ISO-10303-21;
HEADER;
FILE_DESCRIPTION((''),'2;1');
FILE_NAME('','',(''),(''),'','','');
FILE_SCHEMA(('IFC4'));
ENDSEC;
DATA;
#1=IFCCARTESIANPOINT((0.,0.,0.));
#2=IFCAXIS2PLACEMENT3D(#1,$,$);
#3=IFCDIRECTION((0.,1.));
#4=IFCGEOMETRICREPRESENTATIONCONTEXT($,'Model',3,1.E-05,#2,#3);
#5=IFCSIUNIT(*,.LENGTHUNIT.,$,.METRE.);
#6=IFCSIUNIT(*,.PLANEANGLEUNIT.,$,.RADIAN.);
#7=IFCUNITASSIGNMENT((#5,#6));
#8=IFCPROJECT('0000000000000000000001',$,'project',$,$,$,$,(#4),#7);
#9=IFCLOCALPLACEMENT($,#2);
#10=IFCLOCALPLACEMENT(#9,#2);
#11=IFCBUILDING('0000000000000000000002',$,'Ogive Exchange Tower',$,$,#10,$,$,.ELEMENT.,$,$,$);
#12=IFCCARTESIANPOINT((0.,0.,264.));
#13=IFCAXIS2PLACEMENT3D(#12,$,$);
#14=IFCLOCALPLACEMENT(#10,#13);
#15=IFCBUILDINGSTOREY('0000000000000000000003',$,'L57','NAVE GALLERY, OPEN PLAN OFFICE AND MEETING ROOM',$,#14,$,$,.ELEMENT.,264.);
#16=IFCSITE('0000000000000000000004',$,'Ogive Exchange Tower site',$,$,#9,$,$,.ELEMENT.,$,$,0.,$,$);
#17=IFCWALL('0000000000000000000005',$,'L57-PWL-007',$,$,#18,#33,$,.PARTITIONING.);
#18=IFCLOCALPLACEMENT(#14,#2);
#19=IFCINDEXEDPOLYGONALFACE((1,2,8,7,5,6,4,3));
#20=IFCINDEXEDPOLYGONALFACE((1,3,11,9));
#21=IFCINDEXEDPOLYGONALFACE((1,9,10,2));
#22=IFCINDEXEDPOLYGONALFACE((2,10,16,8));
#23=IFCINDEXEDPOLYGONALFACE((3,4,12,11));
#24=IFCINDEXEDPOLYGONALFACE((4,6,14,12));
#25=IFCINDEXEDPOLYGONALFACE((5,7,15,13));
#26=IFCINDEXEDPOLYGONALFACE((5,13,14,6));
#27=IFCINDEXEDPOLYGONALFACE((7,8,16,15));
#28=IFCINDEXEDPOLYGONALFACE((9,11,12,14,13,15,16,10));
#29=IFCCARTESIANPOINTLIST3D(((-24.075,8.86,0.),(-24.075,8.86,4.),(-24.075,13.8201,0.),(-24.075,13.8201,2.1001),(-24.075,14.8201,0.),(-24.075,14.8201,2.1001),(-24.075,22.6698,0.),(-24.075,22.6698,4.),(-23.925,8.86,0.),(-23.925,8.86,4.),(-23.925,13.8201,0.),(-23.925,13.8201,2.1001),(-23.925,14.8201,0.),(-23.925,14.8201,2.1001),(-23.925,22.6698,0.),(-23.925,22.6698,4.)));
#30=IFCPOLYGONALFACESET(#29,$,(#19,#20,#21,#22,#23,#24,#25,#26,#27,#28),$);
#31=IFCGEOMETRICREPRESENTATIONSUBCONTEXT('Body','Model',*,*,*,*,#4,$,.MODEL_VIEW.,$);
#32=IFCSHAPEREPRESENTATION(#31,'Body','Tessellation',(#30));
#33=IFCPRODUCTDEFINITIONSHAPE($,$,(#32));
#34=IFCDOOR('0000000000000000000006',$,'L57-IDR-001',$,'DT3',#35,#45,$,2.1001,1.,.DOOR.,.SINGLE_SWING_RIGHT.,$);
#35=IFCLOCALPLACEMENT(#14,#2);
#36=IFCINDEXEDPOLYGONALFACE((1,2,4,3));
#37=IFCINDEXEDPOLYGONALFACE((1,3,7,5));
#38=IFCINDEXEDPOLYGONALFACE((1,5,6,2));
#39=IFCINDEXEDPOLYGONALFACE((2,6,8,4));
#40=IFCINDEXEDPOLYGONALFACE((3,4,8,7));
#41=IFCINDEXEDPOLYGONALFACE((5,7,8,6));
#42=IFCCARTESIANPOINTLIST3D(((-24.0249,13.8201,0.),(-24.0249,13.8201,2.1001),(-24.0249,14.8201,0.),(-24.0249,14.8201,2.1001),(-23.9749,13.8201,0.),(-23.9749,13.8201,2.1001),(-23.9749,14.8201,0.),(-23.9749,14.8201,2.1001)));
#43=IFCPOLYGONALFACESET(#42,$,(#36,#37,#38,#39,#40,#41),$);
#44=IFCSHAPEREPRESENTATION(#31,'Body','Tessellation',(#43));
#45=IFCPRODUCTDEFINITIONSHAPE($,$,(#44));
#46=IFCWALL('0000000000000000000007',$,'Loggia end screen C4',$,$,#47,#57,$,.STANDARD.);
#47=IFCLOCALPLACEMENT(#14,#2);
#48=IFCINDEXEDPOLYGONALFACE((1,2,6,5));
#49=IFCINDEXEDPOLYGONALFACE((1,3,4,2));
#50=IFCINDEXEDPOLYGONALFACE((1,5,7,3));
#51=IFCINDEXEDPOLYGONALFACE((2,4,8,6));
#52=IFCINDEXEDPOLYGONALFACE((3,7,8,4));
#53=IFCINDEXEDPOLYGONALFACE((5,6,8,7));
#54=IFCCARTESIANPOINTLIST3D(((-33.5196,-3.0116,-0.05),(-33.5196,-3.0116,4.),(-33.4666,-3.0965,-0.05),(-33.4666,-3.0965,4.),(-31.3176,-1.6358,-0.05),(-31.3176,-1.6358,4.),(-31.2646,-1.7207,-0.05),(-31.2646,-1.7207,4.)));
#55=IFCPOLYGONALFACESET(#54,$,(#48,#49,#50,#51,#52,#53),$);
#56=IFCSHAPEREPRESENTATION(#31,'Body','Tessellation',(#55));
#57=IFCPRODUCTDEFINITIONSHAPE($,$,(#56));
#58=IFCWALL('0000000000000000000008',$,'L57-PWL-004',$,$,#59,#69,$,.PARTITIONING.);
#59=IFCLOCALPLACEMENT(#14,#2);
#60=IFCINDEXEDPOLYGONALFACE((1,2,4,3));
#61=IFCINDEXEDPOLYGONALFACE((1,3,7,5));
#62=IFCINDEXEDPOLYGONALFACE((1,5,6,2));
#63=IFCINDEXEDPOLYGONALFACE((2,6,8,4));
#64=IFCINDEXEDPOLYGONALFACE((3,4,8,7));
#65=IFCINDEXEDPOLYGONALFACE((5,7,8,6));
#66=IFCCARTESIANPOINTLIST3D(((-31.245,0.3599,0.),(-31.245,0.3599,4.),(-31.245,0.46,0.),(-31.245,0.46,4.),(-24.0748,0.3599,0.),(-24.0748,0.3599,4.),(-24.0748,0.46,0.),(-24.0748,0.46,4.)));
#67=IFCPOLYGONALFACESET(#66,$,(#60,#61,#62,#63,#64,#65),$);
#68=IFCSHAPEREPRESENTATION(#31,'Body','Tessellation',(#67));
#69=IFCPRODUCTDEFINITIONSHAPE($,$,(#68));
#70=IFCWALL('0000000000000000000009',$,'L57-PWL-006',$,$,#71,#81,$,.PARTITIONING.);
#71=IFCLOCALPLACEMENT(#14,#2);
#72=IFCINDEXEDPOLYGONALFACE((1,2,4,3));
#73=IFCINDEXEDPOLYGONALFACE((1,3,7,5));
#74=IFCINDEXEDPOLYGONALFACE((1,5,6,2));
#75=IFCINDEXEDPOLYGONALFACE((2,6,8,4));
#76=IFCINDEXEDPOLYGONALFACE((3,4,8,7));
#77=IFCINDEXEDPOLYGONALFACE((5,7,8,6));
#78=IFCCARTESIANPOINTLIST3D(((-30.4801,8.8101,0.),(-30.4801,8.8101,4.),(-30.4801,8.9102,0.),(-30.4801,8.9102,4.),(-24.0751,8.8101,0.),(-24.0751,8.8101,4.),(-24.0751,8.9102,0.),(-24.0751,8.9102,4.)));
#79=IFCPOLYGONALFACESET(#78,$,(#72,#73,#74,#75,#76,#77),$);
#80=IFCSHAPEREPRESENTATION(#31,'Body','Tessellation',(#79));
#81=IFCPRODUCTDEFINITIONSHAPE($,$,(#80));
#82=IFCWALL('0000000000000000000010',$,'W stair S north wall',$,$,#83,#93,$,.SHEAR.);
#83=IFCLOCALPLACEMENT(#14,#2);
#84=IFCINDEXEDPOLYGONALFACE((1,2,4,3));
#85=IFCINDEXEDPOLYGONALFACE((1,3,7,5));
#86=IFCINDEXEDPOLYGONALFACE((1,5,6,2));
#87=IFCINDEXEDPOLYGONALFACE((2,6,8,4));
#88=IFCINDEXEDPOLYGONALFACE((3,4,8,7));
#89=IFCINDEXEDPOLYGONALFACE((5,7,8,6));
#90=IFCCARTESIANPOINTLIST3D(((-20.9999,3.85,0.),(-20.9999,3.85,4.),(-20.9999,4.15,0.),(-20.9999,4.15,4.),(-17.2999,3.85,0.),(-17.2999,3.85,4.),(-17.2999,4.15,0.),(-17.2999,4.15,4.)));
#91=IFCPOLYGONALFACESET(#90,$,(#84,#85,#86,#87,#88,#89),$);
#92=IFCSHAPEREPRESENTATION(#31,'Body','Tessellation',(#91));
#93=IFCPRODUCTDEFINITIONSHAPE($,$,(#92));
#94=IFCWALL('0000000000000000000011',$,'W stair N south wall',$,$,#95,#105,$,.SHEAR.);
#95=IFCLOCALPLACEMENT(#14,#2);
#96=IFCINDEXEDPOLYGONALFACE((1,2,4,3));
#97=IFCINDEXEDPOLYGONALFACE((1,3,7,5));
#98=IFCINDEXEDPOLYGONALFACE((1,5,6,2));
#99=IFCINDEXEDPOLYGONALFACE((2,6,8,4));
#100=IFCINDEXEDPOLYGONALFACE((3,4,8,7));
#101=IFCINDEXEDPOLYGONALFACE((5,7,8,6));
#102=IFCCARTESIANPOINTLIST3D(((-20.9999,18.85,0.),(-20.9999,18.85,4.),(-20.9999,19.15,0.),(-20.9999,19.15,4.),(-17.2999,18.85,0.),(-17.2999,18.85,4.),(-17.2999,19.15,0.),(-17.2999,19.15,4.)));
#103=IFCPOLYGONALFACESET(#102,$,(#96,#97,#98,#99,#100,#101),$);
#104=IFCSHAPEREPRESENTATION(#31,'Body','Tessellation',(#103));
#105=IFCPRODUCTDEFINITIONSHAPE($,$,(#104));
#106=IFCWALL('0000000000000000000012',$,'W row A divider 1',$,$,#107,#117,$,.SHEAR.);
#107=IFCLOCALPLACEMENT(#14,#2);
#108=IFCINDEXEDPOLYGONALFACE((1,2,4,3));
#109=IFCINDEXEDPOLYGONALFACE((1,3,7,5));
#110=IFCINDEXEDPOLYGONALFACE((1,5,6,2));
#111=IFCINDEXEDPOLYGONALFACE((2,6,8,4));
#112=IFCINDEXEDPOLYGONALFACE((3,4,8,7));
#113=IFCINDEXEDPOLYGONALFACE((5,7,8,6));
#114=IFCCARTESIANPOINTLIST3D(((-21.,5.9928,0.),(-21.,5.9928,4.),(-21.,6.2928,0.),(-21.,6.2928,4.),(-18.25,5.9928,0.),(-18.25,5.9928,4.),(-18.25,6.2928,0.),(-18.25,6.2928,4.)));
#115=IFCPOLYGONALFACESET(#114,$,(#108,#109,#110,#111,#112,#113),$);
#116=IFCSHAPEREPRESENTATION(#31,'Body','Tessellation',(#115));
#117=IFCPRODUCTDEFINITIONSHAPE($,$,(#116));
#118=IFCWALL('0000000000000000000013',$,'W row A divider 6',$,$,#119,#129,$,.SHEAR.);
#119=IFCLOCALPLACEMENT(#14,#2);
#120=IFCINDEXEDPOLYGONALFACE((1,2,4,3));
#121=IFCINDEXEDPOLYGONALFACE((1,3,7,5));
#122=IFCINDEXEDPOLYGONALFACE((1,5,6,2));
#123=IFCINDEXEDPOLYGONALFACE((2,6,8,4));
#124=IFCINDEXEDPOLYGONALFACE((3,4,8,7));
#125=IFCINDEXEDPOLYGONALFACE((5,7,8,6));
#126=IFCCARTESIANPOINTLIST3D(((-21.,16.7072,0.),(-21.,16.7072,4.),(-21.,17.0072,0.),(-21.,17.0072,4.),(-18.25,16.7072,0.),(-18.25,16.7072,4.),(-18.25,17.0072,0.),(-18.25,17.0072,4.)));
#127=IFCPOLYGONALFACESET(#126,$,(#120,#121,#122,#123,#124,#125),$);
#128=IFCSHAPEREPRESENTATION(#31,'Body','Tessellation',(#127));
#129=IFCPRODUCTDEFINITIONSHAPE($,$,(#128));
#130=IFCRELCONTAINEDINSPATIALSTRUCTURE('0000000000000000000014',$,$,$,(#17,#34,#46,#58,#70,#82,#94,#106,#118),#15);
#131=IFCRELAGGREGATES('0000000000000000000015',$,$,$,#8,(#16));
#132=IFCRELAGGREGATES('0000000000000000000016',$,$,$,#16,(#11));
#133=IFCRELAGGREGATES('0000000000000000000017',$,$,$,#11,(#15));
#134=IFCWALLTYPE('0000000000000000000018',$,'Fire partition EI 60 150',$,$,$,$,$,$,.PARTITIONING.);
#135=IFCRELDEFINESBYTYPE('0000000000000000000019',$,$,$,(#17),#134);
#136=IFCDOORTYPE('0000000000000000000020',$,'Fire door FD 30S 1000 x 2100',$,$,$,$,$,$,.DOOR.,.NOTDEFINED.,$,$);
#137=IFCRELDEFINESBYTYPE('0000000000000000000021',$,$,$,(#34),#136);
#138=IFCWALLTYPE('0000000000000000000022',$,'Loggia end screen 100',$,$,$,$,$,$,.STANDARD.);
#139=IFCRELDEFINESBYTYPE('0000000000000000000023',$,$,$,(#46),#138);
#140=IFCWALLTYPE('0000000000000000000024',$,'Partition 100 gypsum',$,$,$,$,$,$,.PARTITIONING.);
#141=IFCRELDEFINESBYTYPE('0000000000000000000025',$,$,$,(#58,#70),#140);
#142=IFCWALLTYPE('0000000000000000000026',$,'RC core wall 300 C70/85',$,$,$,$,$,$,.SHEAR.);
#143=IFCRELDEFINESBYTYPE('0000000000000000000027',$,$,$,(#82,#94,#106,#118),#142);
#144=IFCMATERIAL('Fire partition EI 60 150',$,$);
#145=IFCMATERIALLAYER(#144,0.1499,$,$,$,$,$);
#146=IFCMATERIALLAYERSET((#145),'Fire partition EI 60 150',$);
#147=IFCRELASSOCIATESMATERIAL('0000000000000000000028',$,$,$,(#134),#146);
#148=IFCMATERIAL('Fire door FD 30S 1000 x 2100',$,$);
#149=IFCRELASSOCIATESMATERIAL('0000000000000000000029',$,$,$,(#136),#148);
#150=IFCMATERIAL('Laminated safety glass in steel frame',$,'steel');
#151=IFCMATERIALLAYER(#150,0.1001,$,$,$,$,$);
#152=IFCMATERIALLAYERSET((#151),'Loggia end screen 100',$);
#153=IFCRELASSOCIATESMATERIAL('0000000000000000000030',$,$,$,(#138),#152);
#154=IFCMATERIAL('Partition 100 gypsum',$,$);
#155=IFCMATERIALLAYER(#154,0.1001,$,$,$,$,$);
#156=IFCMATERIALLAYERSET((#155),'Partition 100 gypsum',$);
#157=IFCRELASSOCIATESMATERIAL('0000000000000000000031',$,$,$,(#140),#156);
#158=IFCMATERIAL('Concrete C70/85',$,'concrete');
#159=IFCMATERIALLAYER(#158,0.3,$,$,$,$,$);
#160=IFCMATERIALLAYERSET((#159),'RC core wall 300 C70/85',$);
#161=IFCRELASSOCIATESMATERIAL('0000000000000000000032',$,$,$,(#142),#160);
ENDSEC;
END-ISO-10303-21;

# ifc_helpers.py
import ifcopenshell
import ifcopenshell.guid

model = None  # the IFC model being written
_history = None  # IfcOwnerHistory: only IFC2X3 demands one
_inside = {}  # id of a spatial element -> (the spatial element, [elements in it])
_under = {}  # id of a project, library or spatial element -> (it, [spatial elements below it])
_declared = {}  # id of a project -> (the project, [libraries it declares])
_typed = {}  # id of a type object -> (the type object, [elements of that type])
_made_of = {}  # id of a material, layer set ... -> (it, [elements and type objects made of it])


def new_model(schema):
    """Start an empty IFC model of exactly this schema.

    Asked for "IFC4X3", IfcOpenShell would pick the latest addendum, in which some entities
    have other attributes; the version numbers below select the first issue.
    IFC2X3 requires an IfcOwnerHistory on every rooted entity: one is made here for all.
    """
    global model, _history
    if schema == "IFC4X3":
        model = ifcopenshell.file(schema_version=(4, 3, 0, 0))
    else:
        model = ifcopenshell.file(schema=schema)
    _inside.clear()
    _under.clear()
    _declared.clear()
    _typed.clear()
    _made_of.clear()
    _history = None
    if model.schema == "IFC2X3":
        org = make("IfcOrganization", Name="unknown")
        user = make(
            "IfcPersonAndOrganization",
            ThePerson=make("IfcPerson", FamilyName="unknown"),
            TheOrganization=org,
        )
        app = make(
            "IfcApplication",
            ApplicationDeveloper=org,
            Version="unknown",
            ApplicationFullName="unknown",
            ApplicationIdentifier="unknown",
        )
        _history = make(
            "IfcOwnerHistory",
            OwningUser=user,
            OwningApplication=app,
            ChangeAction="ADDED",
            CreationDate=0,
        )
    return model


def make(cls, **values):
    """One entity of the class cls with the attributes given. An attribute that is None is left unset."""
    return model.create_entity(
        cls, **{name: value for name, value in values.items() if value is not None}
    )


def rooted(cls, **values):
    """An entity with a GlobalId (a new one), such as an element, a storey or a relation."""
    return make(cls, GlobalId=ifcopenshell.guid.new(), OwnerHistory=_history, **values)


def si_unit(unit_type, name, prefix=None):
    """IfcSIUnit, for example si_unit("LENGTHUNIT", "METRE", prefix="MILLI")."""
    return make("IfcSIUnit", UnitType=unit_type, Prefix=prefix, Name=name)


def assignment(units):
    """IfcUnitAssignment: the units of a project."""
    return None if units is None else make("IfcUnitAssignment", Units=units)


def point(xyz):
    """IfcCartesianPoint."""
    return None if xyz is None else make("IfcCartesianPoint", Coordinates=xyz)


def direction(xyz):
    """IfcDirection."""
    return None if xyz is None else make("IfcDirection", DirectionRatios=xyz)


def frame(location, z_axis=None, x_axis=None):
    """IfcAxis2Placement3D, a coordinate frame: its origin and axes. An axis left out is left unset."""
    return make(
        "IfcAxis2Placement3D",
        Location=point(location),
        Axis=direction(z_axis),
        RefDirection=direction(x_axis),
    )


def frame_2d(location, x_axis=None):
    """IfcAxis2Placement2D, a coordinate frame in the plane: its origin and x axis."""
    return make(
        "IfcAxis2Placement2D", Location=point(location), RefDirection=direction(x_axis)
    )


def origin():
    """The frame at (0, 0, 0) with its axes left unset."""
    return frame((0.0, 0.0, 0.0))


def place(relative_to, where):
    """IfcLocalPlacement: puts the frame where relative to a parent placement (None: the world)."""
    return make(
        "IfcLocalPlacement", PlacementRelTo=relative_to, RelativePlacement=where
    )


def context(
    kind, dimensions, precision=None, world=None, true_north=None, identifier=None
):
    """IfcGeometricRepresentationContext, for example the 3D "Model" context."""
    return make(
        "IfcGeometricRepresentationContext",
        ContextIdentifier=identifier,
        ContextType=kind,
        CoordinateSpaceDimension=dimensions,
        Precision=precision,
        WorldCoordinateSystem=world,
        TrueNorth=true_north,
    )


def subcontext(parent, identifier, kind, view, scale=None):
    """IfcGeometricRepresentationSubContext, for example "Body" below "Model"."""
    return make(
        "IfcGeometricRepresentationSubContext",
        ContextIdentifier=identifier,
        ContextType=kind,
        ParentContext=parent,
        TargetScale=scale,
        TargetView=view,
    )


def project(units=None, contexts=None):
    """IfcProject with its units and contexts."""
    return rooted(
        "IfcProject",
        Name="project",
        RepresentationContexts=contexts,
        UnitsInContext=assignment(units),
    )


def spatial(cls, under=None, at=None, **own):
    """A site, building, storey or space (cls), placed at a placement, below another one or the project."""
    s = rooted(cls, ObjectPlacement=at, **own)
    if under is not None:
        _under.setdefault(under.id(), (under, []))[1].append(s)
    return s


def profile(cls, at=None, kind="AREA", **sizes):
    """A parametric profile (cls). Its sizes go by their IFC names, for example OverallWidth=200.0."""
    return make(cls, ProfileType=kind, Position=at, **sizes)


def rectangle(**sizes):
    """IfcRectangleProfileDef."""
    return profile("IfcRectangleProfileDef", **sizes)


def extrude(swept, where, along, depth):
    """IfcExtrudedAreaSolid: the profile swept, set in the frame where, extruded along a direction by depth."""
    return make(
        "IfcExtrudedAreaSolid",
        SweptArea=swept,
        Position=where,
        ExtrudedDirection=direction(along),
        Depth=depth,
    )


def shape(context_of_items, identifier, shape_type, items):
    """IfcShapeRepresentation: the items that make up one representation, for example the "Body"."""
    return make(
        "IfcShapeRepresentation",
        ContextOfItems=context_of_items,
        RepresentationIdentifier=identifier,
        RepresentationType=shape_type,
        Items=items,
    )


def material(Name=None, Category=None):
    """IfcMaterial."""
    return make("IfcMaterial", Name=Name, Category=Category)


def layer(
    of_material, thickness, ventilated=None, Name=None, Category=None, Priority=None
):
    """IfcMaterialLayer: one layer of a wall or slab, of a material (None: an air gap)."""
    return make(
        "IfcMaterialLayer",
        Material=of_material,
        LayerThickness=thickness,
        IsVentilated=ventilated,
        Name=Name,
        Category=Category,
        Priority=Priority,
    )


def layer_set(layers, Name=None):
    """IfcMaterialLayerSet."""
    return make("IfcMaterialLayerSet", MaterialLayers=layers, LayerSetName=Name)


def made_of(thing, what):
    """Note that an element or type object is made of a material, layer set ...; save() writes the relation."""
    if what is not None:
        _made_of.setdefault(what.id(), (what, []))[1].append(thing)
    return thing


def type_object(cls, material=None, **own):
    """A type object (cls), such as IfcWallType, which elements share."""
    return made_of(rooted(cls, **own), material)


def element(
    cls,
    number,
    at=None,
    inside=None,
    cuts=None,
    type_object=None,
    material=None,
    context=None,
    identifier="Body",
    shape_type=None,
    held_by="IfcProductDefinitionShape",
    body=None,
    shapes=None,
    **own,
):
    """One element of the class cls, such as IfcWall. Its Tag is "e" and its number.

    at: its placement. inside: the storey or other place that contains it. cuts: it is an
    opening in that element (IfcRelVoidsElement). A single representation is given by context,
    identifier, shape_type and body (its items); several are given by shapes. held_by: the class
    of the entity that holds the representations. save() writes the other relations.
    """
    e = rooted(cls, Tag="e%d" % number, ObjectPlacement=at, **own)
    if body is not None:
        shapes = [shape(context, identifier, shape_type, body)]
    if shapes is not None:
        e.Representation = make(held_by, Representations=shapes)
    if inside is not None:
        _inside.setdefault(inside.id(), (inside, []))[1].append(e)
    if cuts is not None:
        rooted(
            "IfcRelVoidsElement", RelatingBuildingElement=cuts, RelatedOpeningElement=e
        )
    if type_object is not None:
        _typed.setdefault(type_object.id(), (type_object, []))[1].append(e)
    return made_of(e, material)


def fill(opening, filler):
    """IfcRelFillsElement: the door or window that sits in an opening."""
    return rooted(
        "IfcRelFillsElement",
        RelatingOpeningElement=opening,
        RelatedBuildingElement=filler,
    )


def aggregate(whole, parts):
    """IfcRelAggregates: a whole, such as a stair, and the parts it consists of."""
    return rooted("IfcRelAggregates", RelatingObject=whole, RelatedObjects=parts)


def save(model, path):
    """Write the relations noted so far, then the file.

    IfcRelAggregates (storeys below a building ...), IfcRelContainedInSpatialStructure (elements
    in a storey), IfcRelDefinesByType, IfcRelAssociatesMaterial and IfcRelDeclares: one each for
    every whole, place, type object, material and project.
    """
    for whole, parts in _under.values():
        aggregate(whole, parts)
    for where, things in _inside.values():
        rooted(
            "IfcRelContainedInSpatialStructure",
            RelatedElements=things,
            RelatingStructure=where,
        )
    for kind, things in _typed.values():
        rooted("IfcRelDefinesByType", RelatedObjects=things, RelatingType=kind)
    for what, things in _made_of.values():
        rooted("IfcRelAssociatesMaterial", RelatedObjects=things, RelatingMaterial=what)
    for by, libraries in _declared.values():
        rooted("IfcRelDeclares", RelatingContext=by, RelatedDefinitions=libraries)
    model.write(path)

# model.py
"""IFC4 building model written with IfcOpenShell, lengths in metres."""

from ifc_helpers import new_model, si_unit, direction, frame, frame_2d, origin, place, context, subcontext, project, spatial, rectangle, extrude, material, layer, layer_set, type_object, element, fill, save


model = new_model("IFC4")

# Units and contexts
model_context = context("Model", 3, precision=1e-05, world=origin(), true_north=direction((0.0, 1.0)))
body_context = subcontext(model_context, "Body", "Model", "MODEL_VIEW")
ifc_project = project(units=[si_unit("LENGTHUNIT", "METRE"), si_unit("PLANEANGLEUNIT", "RADIAN")], contexts=[model_context])

# Site, building, storey
site_placement = place(None, origin())
site = spatial("IfcSite", under=ifc_project, at=site_placement, Name="Ogive Exchange Tower site", CompositionType="ELEMENT", RefElevation=0.0)
building_placement = place(site_placement, origin())
building = spatial("IfcBuilding", under=site, at=building_placement, Name="Ogive Exchange Tower", CompositionType="ELEMENT")
storey_placement = place(building_placement, frame((0.0, 0.0, 264.0)))
storey = spatial("IfcBuildingStorey", under=building, at=storey_placement, Name="L57", Description="NAVE GALLERY, OPEN PLAN OFFICE AND MEETING ROOM", CompositionType="ELEMENT", Elevation=264.0)

# Wall, opening, door
ifc_material_1 = material(Name="Fire partition EI 60 150")
ifc_layer_1 = layer(ifc_material_1, 0.1499)
ifc_layer_set_1 = layer_set([ifc_layer_1], Name="Fire partition EI 60 150")
wall_type_1 = type_object("IfcWallType", Name="Fire partition EI 60 150", PredefinedType="PARTITIONING", material=ifc_layer_set_1)
ifc_material_2 = material(Name="Fire door FD 30S 1000 x 2100")
door_type = type_object("IfcDoorType", Name="Fire door FD 30S 1000 x 2100", OperationType="NOTDEFINED", PredefinedType="DOOR", material=ifc_material_2)
wall_1_placement = place(storey_placement, frame((-24.0, 8.8601, 0.0), z_axis=(0.0, 0.0, 1.0), x_axis=(0.0, 1.0, 0.0)))
wall_1 = element("IfcWall", 1, at=wall_1_placement, inside=storey, type_object=wall_type_1, Name="L57-PWL-007", PredefinedType="PARTITIONING", context=body_context, shape_type="SweptSolid", body=[
    extrude(rectangle(XDim=13.8098, YDim=0.1499, at=frame_2d((6.9048, 0.0))), origin(), (0.0, 0.0, 1.0), 4.0),
])
opening_1_placement = place(wall_1_placement, frame((4.96, 0.0, 0.0)))
opening_1 = element("IfcOpeningElement", 2, at=opening_1_placement, cuts=wall_1, PredefinedType="OPENING", context=body_context, shape_type="SweptSolid", body=[
    extrude(rectangle(XDim=1.0, YDim=2.1001, at=frame_2d((0.5, 1.05))), frame((0.0, 0.085, 0.0), z_axis=(0.0, -1.0, 0.0), x_axis=(1.0, 0.0, 0.0)), (0.0, 0.0, 1.0), 0.1699),
])
door_1_placement = place(opening_1_placement, origin())
door_1 = element("IfcDoor", 3, at=door_1_placement, inside=storey, type_object=door_type, Name="L57-IDR-001", ObjectType="DT3", OperationType="SINGLE_SWING_RIGHT", OverallHeight=2.1001, OverallWidth=1.0, PredefinedType="DOOR", context=body_context, shape_type="SweptSolid", body=[
    extrude(rectangle(XDim=1.0, YDim=2.1001, at=frame_2d((0.5, 1.05))), frame((0.0, 0.0249, 0.0), z_axis=(0.0, -1.0, 0.0), x_axis=(1.0, 0.0, 0.0)), (0.0, 0.0, 1.0), 0.05),
])
fill(opening_1, door_1)

# Walls
ifc_material_3 = material(Name="Laminated safety glass in steel frame", Category="steel")
ifc_layer_2 = layer(ifc_material_3, 0.1001)
ifc_layer_set_2 = layer_set([ifc_layer_2], Name="Loggia end screen 100")
wall_type_2 = type_object("IfcWallType", Name="Loggia end screen 100", PredefinedType="STANDARD", material=ifc_layer_set_2)
wall_2_placement = place(storey_placement, frame((-31.291, -1.6782, -0.05), z_axis=(0.0, 0.0, 1.0), x_axis=(-0.848078, -0.529872, 0.0)))
element("IfcWall", 4, at=wall_2_placement, inside=storey, type_object=wall_type_2, Name="Loggia end screen C4", PredefinedType="STANDARD", context=body_context, shape_type="SweptSolid", body=[
    extrude(rectangle(XDim=2.5964, YDim=0.1001, at=frame_2d((1.2983, 0.0))), origin(), (0.0, 0.0, 1.0), 4.05),
])
ifc_material_4 = material(Name="Partition 100 gypsum")
ifc_layer_3 = layer(ifc_material_4, 0.1001)
ifc_layer_set_3 = layer_set([ifc_layer_3], Name="Partition 100 gypsum")
wall_type_3 = type_object("IfcWallType", Name="Partition 100 gypsum", PredefinedType="PARTITIONING", material=ifc_layer_set_3)
wall_3_placement = place(storey_placement, frame((-24.075, 0.4099, 0.0), z_axis=(0.0, 0.0, 1.0), x_axis=(-1.0, 0.0, 0.0)))
element("IfcWall", 5, at=wall_3_placement, inside=storey, type_object=wall_type_3, Name="L57-PWL-004", PredefinedType="PARTITIONING", context=body_context, shape_type="SweptSolid", body=[
    extrude(rectangle(XDim=7.1702, YDim=0.1001, at=frame_2d((3.585, 0.0))), origin(), (0.0, 0.0, 1.0), 4.0),
])
wall_4_placement = place(storey_placement, frame((-24.075, 8.8601, 0.0), z_axis=(0.0, 0.0, 1.0), x_axis=(-1.0, 0.0, 0.0)))
element("IfcWall", 6, at=wall_4_placement, inside=storey, type_object=wall_type_3, Name="L57-PWL-006", PredefinedType="PARTITIONING", context=body_context, shape_type="SweptSolid", body=[
    extrude(rectangle(XDim=6.405, YDim=0.1001, at=frame_2d((3.2026, 0.0))), origin(), (0.0, 0.0, 1.0), 4.0),
])
ifc_material_5 = material(Name="Concrete C70/85", Category="concrete")
ifc_layer_4 = layer(ifc_material_5, 0.3)
ifc_layer_set_4 = layer_set([ifc_layer_4], Name="RC core wall 300 C70/85")
wall_type_4 = type_object("IfcWallType", Name="RC core wall 300 C70/85", PredefinedType="SHEAR", material=ifc_layer_set_4)
for number, where, z_axis, x_axis, name in (
    (7, (-21.0, 4.0, 0.0), (0.0, 0.0, 1.0), (1.0, 0.0, 0.0), "W stair S north wall"),
    (8, (-21.0, 19.0, 0.0), (0.0, 0.0, 1.0), (1.0, 0.0, 0.0), "W stair N south wall"),
):
    element("IfcWall", number, at=place(storey_placement, frame(where, z_axis=z_axis, x_axis=x_axis)), inside=storey, type_object=wall_type_4, Name=name, PredefinedType="SHEAR", context=body_context, shape_type="SweptSolid", body=[
        extrude(rectangle(XDim=3.7, YDim=0.3, at=frame_2d((1.8501, 0.0))), origin(), (0.0, 0.0, 1.0), 4.0),
    ])
for number, where, z_axis, x_axis, name in (
    (9, (-21.0, 6.1428, 0.0), (0.0, 0.0, 1.0), (1.0, 0.0, 0.0), "W row A divider 1"),
    (10, (-21.0, 16.8572, 0.0), (0.0, 0.0, 1.0), (1.0, 0.0, 0.0), "W row A divider 6"),
):
    element("IfcWall", number, at=place(storey_placement, frame(where, z_axis=z_axis, x_axis=x_axis)), inside=storey, type_object=wall_type_4, Name=name, PredefinedType="SHEAR", context=body_context, shape_type="SweptSolid", body=[
        extrude(rectangle(XDim=2.75, YDim=0.3, at=frame_2d((1.375, 0.0))), origin(), (0.0, 0.0, 1.0), 4.0),
    ])

save(model, "model.ifc")
